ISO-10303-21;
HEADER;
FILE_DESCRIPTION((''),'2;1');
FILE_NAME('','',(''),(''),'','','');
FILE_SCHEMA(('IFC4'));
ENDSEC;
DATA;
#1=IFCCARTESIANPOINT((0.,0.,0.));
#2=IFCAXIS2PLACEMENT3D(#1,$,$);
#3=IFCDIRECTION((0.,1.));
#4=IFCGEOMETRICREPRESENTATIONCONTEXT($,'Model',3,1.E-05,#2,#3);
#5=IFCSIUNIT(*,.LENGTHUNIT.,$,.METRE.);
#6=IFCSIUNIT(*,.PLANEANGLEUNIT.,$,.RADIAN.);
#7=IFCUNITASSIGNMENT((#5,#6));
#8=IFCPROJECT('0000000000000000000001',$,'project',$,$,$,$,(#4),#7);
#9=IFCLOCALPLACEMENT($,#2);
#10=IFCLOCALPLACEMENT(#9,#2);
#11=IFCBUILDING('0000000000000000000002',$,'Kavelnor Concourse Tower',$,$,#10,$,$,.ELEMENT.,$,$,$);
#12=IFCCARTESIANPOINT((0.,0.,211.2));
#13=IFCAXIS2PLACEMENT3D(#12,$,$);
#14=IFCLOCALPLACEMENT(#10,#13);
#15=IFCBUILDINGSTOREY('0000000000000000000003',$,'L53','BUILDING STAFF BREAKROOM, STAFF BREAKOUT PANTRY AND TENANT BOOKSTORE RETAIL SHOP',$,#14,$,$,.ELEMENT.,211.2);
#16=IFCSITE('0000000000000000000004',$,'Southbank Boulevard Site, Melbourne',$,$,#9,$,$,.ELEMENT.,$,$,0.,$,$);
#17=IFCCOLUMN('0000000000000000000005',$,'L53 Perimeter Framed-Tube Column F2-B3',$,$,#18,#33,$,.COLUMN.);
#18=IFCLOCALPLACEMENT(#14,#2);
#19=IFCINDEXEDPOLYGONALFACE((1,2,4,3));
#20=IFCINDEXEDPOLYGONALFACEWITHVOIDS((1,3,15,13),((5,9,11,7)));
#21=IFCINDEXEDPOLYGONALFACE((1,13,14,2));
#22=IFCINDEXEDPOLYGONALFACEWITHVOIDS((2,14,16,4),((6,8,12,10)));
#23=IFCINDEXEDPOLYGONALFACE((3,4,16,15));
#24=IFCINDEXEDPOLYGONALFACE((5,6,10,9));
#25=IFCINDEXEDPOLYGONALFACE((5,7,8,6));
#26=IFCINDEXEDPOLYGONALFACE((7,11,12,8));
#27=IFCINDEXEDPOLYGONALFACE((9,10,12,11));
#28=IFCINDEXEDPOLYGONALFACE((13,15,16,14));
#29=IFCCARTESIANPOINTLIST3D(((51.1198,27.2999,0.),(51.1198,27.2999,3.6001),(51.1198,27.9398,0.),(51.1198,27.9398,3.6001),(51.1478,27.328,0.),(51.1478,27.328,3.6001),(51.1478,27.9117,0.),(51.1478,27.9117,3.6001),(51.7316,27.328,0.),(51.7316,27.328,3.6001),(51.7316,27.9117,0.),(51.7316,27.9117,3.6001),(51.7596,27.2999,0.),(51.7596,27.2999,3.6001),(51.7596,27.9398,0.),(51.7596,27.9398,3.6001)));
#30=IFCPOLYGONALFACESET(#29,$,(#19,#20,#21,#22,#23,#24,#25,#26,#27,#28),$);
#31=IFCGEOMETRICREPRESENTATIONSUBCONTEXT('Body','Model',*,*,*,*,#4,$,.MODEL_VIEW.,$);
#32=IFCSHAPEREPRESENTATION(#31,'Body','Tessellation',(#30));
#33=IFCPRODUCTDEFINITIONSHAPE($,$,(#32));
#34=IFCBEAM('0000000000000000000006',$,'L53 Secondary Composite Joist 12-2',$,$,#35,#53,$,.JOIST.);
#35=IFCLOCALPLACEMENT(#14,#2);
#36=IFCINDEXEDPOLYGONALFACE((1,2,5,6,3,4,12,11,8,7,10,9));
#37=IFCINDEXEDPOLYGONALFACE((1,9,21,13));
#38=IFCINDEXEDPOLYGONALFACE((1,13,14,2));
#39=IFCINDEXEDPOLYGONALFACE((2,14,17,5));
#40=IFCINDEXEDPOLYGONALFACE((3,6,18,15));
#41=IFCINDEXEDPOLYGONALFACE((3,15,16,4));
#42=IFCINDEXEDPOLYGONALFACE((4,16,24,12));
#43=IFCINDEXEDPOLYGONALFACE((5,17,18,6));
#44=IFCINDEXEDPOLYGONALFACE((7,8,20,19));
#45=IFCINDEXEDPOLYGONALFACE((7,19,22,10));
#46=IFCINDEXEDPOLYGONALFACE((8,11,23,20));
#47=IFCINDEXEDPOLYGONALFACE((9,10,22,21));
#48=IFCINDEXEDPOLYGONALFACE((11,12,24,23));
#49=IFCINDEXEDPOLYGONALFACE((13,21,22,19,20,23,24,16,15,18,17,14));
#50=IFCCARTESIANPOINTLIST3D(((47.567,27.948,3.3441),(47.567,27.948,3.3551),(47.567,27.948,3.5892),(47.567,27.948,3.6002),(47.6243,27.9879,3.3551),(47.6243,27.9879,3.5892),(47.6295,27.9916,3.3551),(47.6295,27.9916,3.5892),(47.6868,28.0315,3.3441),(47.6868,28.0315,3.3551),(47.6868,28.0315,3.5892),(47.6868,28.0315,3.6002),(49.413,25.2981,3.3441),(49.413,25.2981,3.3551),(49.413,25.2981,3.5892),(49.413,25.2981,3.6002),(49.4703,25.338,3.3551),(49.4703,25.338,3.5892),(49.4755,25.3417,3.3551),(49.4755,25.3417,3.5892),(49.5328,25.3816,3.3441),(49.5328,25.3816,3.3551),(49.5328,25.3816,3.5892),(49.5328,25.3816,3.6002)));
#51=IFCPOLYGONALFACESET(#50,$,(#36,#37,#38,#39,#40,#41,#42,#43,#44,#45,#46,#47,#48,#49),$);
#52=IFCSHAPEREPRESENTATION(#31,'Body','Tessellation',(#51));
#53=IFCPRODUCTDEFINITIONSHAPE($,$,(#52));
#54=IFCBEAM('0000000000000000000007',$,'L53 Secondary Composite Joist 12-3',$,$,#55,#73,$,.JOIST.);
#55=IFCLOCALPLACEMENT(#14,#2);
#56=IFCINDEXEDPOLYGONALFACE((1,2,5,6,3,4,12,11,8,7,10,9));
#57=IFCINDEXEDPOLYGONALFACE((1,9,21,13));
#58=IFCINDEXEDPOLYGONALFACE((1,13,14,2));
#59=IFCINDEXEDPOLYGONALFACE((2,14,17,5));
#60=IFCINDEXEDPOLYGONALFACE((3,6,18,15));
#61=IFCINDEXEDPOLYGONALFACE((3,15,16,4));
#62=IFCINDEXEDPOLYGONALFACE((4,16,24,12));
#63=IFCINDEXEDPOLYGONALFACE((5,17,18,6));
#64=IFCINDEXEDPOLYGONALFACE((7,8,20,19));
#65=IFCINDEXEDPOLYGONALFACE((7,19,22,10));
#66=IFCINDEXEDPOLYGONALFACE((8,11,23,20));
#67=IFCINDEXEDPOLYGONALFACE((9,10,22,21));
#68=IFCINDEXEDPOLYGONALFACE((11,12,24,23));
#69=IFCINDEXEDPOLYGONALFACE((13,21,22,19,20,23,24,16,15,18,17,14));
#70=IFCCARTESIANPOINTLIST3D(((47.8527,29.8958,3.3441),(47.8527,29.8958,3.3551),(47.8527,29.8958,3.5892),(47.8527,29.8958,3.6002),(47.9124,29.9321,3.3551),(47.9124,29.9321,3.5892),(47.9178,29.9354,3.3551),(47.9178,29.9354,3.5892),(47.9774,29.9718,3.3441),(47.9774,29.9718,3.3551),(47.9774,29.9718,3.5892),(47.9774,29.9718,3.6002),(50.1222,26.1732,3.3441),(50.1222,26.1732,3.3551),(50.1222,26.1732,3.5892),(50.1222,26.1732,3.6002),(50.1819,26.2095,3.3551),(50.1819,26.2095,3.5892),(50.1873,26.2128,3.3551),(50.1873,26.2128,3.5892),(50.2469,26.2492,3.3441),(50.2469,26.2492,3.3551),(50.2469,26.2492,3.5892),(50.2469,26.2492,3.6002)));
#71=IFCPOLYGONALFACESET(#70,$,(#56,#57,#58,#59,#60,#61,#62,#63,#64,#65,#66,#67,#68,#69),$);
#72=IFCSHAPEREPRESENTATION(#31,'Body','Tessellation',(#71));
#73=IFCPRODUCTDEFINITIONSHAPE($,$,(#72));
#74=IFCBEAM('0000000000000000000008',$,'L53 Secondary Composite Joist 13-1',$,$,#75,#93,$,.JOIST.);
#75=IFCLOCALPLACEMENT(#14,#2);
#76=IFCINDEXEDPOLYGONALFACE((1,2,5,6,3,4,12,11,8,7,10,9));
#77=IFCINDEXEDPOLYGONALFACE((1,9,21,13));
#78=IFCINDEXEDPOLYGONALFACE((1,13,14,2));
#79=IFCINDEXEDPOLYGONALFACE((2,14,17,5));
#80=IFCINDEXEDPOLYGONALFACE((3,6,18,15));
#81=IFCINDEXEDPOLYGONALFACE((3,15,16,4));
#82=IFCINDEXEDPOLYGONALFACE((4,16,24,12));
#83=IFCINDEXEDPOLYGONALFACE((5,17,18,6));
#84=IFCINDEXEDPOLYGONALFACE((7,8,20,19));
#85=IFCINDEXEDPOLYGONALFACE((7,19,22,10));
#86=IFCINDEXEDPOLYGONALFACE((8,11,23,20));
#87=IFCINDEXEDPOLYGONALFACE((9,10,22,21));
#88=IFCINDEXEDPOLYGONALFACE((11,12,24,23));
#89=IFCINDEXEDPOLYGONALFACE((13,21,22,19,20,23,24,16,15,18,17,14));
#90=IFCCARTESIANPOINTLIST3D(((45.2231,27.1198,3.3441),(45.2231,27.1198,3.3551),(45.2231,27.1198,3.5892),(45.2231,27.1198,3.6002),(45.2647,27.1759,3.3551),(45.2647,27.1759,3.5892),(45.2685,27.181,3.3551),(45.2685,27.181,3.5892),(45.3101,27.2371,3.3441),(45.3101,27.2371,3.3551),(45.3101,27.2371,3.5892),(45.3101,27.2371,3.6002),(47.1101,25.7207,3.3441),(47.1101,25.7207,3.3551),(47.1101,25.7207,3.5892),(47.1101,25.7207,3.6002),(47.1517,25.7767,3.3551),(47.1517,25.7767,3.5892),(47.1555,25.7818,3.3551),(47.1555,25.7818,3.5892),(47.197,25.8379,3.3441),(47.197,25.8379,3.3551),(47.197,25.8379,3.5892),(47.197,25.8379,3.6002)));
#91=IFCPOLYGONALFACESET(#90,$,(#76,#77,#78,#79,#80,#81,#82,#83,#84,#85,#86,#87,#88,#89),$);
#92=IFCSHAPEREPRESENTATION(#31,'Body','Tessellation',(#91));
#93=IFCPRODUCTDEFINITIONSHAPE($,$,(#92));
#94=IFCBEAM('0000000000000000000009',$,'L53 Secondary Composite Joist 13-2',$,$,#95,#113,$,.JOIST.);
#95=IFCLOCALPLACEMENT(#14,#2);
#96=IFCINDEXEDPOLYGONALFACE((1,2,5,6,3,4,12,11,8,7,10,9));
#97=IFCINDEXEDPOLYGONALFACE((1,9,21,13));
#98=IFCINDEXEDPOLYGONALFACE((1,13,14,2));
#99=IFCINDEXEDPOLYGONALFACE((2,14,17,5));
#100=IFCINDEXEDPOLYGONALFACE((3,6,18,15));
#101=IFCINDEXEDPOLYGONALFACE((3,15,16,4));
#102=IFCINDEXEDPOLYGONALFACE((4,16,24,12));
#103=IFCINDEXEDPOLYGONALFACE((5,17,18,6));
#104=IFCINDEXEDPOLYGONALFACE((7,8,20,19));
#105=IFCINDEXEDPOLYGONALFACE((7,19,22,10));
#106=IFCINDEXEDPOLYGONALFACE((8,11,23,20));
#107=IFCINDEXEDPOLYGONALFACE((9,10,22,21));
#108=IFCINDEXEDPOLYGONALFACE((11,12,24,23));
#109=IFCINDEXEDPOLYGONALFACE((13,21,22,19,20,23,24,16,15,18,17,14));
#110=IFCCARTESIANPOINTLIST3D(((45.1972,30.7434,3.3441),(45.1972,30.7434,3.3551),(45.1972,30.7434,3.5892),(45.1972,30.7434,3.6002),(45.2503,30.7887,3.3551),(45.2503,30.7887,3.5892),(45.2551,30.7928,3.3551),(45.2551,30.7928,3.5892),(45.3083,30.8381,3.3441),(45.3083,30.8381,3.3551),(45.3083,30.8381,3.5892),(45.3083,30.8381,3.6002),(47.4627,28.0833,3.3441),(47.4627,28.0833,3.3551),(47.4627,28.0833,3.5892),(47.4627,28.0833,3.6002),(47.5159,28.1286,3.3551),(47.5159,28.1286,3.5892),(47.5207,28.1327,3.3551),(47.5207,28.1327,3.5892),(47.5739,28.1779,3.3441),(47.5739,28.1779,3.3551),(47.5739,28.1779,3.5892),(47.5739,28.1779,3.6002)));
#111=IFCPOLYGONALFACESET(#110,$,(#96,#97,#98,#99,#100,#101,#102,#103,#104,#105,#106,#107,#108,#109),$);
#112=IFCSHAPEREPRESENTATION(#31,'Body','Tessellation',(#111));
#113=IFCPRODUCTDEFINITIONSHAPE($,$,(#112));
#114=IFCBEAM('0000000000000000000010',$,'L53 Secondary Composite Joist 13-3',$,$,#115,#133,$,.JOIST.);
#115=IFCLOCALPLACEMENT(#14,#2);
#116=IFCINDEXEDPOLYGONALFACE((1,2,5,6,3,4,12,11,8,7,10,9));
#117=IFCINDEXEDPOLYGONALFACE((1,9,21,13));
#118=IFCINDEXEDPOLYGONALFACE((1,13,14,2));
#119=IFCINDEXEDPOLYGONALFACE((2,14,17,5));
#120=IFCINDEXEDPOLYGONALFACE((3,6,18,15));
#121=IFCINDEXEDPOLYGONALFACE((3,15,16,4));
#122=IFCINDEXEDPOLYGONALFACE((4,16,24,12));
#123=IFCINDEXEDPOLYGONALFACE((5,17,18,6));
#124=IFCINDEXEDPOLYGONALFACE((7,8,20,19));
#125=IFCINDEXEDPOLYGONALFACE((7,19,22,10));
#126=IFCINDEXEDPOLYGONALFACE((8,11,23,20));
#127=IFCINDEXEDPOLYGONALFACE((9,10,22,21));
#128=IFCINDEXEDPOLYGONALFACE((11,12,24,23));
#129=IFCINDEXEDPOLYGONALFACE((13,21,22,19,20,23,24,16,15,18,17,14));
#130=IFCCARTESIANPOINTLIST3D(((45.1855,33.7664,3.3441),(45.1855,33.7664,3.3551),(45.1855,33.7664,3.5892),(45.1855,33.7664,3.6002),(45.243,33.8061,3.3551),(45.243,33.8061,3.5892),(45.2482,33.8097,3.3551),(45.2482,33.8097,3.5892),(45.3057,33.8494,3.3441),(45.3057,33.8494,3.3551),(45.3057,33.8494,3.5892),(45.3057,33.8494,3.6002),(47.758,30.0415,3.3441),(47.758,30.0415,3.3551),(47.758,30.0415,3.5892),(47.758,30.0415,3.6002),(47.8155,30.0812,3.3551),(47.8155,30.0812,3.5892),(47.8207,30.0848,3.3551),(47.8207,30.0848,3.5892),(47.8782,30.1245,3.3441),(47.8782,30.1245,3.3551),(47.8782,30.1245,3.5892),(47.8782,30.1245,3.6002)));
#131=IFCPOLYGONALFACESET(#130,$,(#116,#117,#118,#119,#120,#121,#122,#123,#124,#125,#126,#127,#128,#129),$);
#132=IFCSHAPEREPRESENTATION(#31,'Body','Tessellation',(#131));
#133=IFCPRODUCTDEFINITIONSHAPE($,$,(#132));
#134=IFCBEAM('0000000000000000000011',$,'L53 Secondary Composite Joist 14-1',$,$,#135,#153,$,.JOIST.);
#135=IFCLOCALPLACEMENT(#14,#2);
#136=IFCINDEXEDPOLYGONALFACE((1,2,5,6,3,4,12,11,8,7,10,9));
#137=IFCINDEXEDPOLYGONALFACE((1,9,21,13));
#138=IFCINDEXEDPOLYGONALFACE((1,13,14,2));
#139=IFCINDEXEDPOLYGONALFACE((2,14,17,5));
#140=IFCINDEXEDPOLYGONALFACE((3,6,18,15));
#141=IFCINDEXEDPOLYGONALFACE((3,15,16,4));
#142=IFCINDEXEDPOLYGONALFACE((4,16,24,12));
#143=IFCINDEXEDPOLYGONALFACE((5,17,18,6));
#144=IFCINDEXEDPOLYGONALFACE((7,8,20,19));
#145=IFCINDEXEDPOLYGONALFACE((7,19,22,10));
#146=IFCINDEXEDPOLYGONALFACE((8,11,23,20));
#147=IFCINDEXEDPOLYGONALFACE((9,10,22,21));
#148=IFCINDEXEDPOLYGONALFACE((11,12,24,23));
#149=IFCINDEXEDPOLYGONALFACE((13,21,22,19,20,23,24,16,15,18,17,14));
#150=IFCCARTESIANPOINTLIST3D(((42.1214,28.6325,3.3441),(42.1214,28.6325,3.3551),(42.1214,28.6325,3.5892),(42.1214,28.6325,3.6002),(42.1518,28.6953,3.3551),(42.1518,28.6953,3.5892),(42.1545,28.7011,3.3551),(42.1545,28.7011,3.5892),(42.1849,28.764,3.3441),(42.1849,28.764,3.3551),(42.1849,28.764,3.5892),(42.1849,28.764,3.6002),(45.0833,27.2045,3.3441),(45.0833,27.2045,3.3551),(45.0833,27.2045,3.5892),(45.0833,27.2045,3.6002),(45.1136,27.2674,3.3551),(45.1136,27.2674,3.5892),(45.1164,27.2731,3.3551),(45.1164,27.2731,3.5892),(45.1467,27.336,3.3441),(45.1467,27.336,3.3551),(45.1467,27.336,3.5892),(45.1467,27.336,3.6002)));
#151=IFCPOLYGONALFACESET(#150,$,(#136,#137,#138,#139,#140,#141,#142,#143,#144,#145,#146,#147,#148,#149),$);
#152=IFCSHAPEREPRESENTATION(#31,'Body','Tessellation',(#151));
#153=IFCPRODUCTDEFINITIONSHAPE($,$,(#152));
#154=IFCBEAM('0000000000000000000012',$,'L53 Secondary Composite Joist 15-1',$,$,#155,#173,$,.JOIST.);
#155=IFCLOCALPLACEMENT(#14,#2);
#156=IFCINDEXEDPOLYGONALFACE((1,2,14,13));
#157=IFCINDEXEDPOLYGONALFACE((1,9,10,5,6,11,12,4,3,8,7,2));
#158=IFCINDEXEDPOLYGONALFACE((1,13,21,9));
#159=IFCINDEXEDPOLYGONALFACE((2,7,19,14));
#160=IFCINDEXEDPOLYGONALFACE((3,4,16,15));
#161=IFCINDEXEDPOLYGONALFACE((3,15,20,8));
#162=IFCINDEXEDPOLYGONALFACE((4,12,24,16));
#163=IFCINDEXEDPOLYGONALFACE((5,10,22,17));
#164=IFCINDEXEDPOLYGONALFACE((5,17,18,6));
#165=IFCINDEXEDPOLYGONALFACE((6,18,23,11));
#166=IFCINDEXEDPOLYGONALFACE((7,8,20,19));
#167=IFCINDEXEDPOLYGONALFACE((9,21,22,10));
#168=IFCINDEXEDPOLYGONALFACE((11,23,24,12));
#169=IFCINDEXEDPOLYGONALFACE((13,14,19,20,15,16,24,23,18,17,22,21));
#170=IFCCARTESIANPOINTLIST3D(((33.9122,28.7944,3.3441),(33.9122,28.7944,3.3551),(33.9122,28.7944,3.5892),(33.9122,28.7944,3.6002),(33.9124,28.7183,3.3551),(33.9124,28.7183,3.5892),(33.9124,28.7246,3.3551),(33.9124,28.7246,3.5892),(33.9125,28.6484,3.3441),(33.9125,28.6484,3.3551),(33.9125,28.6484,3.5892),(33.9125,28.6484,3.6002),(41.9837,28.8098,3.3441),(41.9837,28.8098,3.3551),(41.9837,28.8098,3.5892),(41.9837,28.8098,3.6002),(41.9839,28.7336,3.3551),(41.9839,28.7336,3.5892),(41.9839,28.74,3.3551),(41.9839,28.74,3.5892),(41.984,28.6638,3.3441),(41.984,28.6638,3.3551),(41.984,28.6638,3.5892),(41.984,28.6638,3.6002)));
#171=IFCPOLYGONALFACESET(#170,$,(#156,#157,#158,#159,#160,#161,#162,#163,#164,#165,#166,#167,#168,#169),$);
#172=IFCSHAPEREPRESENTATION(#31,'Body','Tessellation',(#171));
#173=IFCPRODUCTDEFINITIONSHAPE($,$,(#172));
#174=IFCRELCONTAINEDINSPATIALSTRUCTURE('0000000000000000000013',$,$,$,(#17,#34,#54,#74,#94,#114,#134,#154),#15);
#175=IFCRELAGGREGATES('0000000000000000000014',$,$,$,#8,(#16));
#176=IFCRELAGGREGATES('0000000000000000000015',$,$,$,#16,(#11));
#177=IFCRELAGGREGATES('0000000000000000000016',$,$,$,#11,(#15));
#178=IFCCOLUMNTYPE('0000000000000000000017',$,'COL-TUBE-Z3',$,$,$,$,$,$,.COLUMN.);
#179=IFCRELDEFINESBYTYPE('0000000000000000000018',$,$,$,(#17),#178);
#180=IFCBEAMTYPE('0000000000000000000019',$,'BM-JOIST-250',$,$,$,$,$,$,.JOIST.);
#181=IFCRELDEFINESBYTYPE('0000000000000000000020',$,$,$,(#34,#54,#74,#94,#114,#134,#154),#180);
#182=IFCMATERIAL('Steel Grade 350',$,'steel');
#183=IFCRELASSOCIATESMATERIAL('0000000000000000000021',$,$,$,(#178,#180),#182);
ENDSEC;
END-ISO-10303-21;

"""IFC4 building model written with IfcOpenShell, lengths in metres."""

from ifc_helpers import new_model, si_unit, direction, frame, origin, origin_2d, place, context, subcontext, project, spatial, hollow_rectangle, i_section, extrude, material, material_profile, profile_set, type_object, element, save


model = new_model("IFC4")

# Units and contexts
model_context = context("Model", 3, precision=1e-05, world=origin(), true_north=direction((0.0, 1.0)))
body_context = subcontext(model_context, "Body", "Model", "MODEL_VIEW")
ifc_project = project(units=[si_unit("LENGTHUNIT", "METRE"), si_unit("PLANEANGLEUNIT", "RADIAN")], contexts=[model_context])

# Site, building, storey
site_placement = place(None, origin())
site = spatial("IfcSite", under=ifc_project, at=site_placement, Name="Southbank Boulevard Site, Melbourne", CompositionType="ELEMENT", RefElevation=0.0)
building_placement = place(site_placement, origin())
building = spatial("IfcBuilding", under=site, at=building_placement, Name="Kavelnor Concourse Tower", CompositionType="ELEMENT")
storey_placement = place(building_placement, frame((0.0, 0.0, 211.2)))
storey = spatial("IfcBuildingStorey", under=building, at=storey_placement, Name="L53", Description="BUILDING STAFF BREAKROOM, STAFF BREAKOUT PANTRY AND TENANT BOOKSTORE RETAIL SHOP", CompositionType="ELEMENT", Elevation=211.2)

# Column
ifc_material_1 = material(Name="Steel Grade 350", Category="steel")
ifc_material_profile_1 = material_profile(ifc_material_1, hollow_rectangle(XDim=0.6399, YDim=0.6399, WallThickness=0.0281, at=origin_2d()), Name="SHS 640x640x28")
ifc_profile_set_1 = profile_set([ifc_material_profile_1], Name="Steel Grade 350")
column_type = type_object("IfcColumnType", Name="COL-TUBE-Z3", PredefinedType="COLUMN", material=ifc_profile_set_1)
column_placement = place(storey_placement, frame((51.4397, 27.6199, 0.0), z_axis=(0.0, 0.0, 1.0), x_axis=(1.0, 0.0, 0.0)))
element("IfcColumn", 1, at=column_placement, inside=storey, type_object=column_type, Name="L53 Perimeter Framed-Tube Column F2-B3", PredefinedType="COLUMN", context=body_context, shape_type="SweptSolid", body=[
    extrude(hollow_rectangle(XDim=0.6399, YDim=0.6399, WallThickness=0.0281, at=origin_2d()), origin(), (0.0, 0.0, 1.0), 3.6001),
])

# Beams
ifc_material_profile_2 = material_profile(ifc_material_1, i_section(OverallWidth=0.146, OverallDepth=0.2561, WebThickness=0.0063, FlangeThickness=0.011, at=origin_2d()), Name="250UB37")
ifc_profile_set_2 = profile_set([ifc_material_profile_2], Name="Steel Grade 350")
beam_type_1 = type_object("IfcBeamType", Name="BM-JOIST-250", PredefinedType="JOIST", material=ifc_profile_set_2)
beam_1_placement = place(storey_placement, frame((49.4729, 25.3398, 3.4722), z_axis=(-0.571594, 0.820537, 0.0), x_axis=(-0.820537, -0.571594, 0.0)))
element("IfcBeam", 2, at=beam_1_placement, inside=storey, type_object=beam_type_1, Name="L53 Secondary Composite Joist 12-2", PredefinedType="JOIST", context=body_context, shape_type="SweptSolid", body=[
    extrude(i_section(OverallWidth=0.146, OverallDepth=0.2561, WebThickness=0.0063, FlangeThickness=0.011, at=origin_2d()), origin(), (0.0, 0.0, 1.0), 3.2295),
])
beam_2_placement = place(storey_placement, frame((50.1846, 26.2112, 3.4722), z_axis=(-0.520544, 0.853835, 0.0), x_axis=(-0.853835, -0.520544, 0.0)))
element("IfcBeam", 3, at=beam_2_placement, inside=storey, type_object=beam_type_1, Name="L53 Secondary Composite Joist 12-3", PredefinedType="JOIST", context=body_context, shape_type="SweptSolid", body=[
    extrude(i_section(OverallWidth=0.146, OverallDepth=0.2561, WebThickness=0.0063, FlangeThickness=0.011, at=origin_2d()), origin(), (0.0, 0.0, 1.0), 4.3599),
])
beam_3_placement = place(storey_placement, frame((47.1536, 25.7793, 3.4722), z_axis=(-0.803268, 0.595618, 0.0), x_axis=(-0.595618, -0.803268, 0.0)))
element("IfcBeam", 4, at=beam_3_placement, inside=storey, type_object=beam_type_1, Name="L53 Secondary Composite Joist 13-1", PredefinedType="JOIST", context=body_context, shape_type="SweptSolid", body=[
    extrude(i_section(OverallWidth=0.146, OverallDepth=0.2561, WebThickness=0.0063, FlangeThickness=0.011, at=origin_2d()), origin(), (0.0, 0.0, 1.0), 2.3491),
])
beam_4_placement = place(storey_placement, frame((47.5183, 28.1306, 3.4722), z_axis=(-0.648394, 0.761305, 0.0), x_axis=(-0.761305, -0.648394, 0.0)))
element("IfcBeam", 5, at=beam_4_placement, inside=storey, type_object=beam_type_1, Name="L53 Secondary Composite Joist 13-2", PredefinedType="JOIST", context=body_context, shape_type="SweptSolid", body=[
    extrude(i_section(OverallWidth=0.146, OverallDepth=0.2561, WebThickness=0.0063, FlangeThickness=0.011, at=origin_2d()), origin(), (0.0, 0.0, 1.0), 3.4941),
])
beam_5_placement = place(storey_placement, frame((47.8181, 30.083, 3.4722), z_axis=(-0.568279, 0.822836, 0.0), x_axis=(-0.822836, -0.568279, 0.0)))
element("IfcBeam", 6, at=beam_5_placement, inside=storey, type_object=beam_type_1, Name="L53 Secondary Composite Joist 13-3", PredefinedType="JOIST", context=body_context, shape_type="SweptSolid", body=[
    extrude(i_section(OverallWidth=0.146, OverallDepth=0.2561, WebThickness=0.0063, FlangeThickness=0.011, at=origin_2d()), origin(), (0.0, 0.0, 1.0), 4.5269),
])
beam_6_placement = place(storey_placement, frame((45.115, 27.2703, 3.4722), z_axis=(-0.900779, 0.434278, 0.0), x_axis=(-0.434278, -0.900779, 0.0)))
element("IfcBeam", 7, at=beam_6_placement, inside=storey, type_object=beam_type_1, Name="L53 Secondary Composite Joist 14-1", PredefinedType="JOIST", context=body_context, shape_type="SweptSolid", body=[
    extrude(i_section(OverallWidth=0.146, OverallDepth=0.2561, WebThickness=0.0063, FlangeThickness=0.011, at=origin_2d()), origin(), (0.0, 0.0, 1.0), 3.2881),
])
beam_7_placement = place(storey_placement, frame((41.9839, 28.7368, 3.4722), z_axis=(-0.999998, -0.001906, 0.0), x_axis=(0.001906, -0.999998, 0.0)))
element("IfcBeam", 8, at=beam_7_placement, inside=storey, type_object=beam_type_1, Name="L53 Secondary Composite Joist 15-1", PredefinedType="JOIST", context=body_context, shape_type="SweptSolid", body=[
    extrude(i_section(OverallWidth=0.146, OverallDepth=0.2561, WebThickness=0.0063, FlangeThickness=0.011, at=origin_2d()), origin(), (0.0, 0.0, 1.0), 8.0715),
])

save(model, "model.ifc")
